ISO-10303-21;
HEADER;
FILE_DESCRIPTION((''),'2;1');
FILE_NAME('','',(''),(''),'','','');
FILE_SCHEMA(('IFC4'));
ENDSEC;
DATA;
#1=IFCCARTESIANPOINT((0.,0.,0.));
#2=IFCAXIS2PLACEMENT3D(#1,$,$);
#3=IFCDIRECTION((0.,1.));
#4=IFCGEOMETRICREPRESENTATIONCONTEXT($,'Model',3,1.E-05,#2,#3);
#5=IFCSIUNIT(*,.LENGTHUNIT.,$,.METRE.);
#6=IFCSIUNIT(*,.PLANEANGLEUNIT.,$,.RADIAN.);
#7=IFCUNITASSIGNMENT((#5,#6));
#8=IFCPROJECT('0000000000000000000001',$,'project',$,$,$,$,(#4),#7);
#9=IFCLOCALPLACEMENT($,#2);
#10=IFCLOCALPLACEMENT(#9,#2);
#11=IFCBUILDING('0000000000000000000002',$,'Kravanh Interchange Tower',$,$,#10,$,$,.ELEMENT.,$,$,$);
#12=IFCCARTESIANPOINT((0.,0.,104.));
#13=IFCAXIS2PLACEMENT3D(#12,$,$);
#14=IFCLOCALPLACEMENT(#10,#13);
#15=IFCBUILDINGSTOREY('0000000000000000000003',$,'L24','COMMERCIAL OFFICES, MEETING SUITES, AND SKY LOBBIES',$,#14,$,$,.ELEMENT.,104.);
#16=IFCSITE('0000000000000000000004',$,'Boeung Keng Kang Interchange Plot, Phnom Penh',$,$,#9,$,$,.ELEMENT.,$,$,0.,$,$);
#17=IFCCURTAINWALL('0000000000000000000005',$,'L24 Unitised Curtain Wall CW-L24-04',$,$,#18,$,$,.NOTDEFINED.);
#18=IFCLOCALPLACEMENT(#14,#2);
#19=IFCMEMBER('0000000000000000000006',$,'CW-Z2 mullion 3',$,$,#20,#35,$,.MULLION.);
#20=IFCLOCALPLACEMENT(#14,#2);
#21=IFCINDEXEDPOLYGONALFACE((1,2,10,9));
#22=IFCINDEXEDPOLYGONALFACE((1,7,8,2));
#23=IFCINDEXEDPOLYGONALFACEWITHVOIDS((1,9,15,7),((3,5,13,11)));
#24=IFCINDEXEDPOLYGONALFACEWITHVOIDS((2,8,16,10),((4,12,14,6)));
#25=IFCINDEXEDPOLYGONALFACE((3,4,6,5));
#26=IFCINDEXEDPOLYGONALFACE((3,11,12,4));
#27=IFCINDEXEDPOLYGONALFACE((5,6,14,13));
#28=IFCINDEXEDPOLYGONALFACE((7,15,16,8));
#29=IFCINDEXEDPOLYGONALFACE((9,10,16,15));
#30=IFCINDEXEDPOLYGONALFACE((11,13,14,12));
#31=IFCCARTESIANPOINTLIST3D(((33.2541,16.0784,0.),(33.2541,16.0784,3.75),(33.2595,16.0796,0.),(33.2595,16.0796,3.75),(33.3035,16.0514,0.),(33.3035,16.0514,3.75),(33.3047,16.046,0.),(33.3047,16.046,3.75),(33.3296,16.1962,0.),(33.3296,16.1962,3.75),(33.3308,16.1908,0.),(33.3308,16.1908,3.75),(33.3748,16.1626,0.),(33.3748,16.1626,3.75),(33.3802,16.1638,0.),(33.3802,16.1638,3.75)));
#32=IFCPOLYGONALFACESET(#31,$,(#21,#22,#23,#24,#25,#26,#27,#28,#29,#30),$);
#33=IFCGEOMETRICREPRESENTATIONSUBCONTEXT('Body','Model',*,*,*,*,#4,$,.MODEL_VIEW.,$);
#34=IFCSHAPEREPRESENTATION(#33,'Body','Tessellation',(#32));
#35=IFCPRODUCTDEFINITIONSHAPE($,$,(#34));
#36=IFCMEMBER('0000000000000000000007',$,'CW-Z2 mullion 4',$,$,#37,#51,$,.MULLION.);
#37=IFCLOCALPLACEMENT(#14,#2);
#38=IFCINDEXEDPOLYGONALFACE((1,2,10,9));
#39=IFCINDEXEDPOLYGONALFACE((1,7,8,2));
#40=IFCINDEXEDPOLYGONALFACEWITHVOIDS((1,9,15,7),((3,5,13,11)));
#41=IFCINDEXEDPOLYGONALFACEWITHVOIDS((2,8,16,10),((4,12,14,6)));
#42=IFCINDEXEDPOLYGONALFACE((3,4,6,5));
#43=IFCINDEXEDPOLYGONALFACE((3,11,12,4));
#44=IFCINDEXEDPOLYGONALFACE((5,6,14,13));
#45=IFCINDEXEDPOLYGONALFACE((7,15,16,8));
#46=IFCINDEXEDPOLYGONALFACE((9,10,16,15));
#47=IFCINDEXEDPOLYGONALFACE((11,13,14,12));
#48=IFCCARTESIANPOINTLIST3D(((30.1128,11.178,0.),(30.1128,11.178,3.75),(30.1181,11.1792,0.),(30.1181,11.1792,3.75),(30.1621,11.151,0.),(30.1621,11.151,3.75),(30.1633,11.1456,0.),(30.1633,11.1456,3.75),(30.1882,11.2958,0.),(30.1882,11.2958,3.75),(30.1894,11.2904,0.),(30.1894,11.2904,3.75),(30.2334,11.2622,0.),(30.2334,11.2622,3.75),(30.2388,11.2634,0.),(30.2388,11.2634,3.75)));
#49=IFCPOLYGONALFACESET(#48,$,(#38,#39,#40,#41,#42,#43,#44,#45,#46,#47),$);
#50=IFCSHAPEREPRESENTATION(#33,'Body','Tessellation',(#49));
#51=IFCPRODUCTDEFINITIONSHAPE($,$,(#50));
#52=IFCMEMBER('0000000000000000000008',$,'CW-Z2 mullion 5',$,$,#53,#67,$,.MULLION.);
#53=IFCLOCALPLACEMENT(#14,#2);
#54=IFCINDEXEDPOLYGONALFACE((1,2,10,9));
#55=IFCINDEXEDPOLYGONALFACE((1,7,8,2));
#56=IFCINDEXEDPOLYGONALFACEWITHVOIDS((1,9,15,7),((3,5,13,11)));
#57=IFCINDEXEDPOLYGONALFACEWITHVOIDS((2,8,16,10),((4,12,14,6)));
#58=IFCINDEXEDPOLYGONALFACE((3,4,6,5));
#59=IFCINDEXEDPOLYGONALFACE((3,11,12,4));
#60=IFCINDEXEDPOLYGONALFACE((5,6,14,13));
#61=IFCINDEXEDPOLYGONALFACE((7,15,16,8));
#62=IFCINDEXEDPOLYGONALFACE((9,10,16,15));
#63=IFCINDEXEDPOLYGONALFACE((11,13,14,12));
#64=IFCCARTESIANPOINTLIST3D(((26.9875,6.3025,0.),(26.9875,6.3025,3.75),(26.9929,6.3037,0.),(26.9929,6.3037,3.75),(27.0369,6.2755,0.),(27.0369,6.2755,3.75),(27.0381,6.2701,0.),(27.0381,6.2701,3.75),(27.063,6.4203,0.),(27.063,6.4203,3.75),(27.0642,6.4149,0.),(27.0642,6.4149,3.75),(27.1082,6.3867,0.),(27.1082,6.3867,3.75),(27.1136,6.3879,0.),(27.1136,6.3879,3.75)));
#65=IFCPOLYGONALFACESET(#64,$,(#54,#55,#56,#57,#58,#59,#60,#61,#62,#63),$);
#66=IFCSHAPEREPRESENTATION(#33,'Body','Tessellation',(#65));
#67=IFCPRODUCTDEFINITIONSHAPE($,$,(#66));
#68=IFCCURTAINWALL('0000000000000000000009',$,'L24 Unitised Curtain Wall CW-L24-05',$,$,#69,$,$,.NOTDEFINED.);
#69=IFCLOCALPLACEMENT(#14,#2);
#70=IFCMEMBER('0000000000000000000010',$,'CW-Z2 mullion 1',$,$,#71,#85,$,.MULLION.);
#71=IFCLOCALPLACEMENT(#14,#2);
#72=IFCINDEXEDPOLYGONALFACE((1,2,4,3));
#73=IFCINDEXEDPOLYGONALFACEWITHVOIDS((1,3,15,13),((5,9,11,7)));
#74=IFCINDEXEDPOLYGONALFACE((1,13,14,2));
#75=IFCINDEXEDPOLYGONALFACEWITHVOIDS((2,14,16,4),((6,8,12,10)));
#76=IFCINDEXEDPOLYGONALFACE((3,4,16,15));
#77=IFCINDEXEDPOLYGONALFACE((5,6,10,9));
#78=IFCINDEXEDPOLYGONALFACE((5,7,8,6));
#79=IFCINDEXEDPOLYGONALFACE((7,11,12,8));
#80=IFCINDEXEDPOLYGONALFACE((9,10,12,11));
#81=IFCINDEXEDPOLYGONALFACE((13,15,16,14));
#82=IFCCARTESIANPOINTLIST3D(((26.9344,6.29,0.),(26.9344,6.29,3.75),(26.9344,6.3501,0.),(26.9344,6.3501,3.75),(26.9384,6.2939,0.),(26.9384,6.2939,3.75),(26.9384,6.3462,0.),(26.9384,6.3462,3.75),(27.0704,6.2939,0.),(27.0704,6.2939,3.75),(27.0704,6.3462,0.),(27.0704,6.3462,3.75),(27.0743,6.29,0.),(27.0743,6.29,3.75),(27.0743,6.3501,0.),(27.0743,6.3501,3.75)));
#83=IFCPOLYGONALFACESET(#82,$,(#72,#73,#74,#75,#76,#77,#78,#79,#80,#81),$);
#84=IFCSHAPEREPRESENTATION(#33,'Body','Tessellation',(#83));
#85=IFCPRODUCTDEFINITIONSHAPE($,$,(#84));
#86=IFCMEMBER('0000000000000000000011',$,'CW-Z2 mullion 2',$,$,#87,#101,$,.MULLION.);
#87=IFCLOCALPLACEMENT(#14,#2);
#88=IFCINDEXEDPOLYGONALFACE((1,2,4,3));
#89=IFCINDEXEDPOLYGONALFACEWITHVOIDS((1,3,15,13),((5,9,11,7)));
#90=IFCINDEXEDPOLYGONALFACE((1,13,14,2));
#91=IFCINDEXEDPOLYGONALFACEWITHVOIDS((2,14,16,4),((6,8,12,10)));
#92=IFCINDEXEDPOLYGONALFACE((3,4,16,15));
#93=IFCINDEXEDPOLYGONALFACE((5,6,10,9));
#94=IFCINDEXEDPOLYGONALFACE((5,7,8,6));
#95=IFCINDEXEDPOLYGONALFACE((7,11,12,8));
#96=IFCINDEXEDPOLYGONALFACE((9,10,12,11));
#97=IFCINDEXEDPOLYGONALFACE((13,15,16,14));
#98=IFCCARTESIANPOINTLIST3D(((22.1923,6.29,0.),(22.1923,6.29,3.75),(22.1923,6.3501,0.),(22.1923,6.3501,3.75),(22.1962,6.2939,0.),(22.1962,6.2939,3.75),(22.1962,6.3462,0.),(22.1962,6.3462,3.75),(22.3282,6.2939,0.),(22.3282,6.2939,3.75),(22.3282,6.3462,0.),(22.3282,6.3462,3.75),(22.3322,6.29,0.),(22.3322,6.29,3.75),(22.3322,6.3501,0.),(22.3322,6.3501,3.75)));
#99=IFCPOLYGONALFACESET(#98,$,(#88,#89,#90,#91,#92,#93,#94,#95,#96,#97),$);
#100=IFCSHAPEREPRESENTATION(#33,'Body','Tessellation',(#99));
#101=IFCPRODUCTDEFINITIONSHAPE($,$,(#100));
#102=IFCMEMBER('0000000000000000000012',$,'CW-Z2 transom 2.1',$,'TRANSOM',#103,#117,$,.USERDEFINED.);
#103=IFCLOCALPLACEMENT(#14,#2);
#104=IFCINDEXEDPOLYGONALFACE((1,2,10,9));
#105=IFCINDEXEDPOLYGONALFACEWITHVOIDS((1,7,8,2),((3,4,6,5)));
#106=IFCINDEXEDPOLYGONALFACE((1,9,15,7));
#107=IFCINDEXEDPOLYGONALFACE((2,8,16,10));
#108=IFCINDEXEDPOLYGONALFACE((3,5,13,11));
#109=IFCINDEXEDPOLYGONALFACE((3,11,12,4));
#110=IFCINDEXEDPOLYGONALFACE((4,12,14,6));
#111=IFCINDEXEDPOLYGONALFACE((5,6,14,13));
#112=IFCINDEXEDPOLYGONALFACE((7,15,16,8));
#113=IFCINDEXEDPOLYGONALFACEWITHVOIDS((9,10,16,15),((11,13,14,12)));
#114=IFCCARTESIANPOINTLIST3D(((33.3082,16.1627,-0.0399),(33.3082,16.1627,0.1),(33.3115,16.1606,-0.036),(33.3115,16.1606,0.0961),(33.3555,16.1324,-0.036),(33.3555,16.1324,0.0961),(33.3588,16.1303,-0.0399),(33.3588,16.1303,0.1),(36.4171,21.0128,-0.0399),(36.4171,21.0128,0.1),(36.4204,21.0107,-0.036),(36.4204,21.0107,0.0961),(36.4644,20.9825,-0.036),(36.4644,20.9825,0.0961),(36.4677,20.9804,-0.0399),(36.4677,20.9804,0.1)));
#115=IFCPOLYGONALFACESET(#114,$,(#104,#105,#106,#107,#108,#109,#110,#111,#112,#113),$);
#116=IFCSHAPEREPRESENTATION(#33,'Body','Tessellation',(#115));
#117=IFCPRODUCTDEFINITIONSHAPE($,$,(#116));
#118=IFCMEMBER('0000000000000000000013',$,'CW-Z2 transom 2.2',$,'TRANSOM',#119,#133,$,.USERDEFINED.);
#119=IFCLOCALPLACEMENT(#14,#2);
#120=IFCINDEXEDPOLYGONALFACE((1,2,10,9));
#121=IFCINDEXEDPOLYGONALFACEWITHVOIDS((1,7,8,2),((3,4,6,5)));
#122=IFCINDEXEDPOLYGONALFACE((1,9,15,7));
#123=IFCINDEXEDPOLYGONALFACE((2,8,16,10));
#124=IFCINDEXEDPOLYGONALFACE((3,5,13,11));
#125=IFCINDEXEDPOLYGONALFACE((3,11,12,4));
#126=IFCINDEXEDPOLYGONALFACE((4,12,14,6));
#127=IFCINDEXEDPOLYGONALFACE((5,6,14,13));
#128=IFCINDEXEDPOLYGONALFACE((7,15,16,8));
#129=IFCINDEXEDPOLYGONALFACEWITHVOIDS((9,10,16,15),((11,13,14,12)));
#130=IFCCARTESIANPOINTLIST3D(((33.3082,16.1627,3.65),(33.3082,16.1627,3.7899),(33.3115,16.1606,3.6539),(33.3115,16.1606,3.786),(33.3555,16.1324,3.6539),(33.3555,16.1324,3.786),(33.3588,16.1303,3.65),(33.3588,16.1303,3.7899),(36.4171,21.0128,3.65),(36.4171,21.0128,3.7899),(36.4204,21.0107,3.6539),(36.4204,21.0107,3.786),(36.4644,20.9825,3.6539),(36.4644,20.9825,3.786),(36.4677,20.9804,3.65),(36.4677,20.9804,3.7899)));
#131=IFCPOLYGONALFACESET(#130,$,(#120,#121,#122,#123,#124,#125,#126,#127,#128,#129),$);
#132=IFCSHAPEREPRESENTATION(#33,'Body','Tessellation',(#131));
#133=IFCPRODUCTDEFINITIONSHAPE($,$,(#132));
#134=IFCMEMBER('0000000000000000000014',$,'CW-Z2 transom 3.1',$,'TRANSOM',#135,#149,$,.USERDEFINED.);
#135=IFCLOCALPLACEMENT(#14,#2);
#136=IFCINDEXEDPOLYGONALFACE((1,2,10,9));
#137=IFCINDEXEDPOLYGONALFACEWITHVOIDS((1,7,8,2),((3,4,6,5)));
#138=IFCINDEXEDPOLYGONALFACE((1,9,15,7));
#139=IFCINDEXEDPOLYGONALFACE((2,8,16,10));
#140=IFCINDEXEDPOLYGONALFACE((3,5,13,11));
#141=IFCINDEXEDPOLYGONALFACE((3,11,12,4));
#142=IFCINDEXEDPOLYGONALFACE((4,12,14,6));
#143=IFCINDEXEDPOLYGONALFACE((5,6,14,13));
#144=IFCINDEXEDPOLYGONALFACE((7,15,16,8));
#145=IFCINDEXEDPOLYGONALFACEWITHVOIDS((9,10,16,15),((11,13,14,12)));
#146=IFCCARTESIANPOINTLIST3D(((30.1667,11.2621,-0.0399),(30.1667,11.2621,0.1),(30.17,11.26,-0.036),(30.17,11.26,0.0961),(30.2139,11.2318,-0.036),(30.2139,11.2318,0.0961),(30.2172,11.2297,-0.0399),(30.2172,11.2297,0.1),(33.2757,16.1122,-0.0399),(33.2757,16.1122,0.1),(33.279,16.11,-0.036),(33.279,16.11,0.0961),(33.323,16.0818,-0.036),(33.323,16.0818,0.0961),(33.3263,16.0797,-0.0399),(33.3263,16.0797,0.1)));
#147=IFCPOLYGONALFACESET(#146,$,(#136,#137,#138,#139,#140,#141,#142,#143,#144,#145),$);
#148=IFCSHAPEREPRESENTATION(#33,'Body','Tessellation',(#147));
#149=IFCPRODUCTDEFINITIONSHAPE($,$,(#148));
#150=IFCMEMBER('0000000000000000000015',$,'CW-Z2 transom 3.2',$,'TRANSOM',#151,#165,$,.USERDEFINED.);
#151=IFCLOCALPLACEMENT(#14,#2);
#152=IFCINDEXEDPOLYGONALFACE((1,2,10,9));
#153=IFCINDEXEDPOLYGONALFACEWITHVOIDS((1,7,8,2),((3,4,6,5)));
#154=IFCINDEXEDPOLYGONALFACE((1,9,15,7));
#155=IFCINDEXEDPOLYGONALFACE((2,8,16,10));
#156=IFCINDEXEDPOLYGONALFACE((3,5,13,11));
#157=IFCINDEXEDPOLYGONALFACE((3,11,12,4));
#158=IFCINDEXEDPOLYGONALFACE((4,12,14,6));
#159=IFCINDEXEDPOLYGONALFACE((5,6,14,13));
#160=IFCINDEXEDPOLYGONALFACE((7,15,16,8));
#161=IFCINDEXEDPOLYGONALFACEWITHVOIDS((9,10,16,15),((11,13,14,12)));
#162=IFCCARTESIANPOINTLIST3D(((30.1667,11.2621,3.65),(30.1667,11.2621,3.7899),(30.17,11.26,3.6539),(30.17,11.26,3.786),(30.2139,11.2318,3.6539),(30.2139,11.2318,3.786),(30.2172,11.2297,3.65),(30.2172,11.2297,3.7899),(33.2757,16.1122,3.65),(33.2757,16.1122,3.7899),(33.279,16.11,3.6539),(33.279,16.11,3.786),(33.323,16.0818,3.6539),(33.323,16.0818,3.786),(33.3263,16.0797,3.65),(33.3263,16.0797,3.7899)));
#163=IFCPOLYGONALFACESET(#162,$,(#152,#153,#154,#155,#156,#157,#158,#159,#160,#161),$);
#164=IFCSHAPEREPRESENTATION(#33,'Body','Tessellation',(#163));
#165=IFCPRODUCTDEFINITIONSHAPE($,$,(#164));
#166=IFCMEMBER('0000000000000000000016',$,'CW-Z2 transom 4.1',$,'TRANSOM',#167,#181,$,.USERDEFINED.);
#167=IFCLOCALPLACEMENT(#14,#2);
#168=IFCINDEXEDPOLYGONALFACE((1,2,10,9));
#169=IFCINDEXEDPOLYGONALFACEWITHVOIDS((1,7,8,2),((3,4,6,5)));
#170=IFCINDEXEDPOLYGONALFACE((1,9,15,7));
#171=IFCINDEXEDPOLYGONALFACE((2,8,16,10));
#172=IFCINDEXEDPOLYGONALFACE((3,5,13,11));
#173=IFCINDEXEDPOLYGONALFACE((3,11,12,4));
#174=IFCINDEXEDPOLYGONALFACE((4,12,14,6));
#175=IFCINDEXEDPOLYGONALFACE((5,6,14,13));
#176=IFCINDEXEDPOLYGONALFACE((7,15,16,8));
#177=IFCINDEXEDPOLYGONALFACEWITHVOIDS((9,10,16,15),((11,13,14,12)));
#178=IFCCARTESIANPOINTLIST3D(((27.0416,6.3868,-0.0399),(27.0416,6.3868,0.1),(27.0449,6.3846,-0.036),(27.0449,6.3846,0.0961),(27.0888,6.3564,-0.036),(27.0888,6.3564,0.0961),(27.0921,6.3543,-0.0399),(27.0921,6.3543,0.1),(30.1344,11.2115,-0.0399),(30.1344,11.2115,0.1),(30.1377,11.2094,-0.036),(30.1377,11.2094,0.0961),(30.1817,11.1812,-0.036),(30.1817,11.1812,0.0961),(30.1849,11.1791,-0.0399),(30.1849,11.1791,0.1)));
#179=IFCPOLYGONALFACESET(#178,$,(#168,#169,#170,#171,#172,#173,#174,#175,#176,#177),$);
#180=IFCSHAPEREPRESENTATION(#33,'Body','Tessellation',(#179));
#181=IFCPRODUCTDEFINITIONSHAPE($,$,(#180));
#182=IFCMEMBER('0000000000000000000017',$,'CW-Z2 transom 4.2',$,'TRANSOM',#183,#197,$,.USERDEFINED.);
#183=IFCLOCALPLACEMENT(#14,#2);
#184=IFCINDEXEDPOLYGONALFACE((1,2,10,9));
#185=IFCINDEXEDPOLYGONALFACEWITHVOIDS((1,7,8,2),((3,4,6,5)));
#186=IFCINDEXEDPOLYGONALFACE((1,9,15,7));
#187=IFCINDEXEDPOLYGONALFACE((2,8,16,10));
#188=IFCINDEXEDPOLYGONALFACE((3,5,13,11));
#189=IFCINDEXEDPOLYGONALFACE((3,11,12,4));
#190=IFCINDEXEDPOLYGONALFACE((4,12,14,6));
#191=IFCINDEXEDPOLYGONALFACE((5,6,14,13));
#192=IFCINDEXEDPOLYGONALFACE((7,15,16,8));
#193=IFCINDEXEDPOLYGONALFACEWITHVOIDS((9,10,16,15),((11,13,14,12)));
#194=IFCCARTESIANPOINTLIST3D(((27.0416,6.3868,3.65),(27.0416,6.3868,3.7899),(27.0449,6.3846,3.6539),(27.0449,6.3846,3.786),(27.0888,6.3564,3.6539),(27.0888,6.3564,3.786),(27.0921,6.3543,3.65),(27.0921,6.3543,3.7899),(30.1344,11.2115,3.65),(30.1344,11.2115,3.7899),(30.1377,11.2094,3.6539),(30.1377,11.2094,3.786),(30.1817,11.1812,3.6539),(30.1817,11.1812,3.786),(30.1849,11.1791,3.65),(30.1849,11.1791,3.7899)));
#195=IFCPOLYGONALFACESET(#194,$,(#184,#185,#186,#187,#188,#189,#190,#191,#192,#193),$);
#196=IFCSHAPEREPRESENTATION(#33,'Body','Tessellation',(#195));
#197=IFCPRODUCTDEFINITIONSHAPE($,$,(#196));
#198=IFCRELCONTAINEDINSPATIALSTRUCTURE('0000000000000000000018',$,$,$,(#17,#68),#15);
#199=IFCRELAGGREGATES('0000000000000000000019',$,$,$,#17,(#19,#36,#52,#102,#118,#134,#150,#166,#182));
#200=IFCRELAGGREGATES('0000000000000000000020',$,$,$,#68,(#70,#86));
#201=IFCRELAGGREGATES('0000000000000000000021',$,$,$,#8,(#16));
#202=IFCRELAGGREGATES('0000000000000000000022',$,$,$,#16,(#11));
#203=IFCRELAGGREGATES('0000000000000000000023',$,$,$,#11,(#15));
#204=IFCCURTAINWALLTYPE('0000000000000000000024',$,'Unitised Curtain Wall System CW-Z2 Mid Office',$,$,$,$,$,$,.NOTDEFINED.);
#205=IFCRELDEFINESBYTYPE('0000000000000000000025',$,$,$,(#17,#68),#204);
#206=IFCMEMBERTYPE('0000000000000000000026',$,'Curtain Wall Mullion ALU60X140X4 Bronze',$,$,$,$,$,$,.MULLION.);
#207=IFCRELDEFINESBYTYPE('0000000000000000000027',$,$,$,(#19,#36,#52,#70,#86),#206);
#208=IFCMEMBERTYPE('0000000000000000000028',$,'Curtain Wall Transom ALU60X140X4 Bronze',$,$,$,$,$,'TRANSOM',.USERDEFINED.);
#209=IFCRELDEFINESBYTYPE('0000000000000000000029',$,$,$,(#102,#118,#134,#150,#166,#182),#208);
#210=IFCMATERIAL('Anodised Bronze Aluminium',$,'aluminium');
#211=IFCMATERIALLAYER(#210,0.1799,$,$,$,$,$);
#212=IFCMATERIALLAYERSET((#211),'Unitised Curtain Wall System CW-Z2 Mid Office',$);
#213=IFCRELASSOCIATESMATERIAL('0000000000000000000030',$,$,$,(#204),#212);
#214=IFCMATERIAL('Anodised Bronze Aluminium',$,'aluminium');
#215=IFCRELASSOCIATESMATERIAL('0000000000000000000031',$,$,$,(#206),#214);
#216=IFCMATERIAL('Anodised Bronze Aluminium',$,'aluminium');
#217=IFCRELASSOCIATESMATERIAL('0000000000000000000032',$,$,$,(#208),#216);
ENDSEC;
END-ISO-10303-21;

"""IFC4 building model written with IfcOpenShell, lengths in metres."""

from ifc_helpers import new_model, si_unit, direction, frame, origin, origin_2d, place, context, subcontext, project, spatial, hollow_rectangle, extrude, material, layer, layer_set, material_profile, profile_set, type_object, element, aggregate, save


model = new_model("IFC4")

# Units and contexts
model_context = context("Model", 3, precision=1e-05, world=origin(), true_north=direction((0.0, 1.0)))
body_context = subcontext(model_context, "Body", "Model", "MODEL_VIEW")
ifc_project = project(units=[si_unit("LENGTHUNIT", "METRE"), si_unit("PLANEANGLEUNIT", "RADIAN")], contexts=[model_context])

# Site, building, storey
site_placement = place(None, origin())
site = spatial("IfcSite", under=ifc_project, at=site_placement, Name="Boeung Keng Kang Interchange Plot, Phnom Penh", CompositionType="ELEMENT", RefElevation=0.0)
building_placement = place(site_placement, origin())
building = spatial("IfcBuilding", under=site, at=building_placement, Name="Kravanh Interchange Tower", CompositionType="ELEMENT")
storey_placement = place(building_placement, frame((0.0, 0.0, 104.0)))
storey = spatial("IfcBuildingStorey", under=building, at=storey_placement, Name="L24", Description="COMMERCIAL OFFICES, MEETING SUITES, AND SKY LOBBIES", CompositionType="ELEMENT", Elevation=104.0)

# Curtain walls, members
ifc_material_1 = material(Name="Anodised Bronze Aluminium", Category="aluminium")
ifc_layer_1 = layer(ifc_material_1, 0.1799)
ifc_layer_set_1 = layer_set([ifc_layer_1], Name="Unitised Curtain Wall System CW-Z2 Mid Office")
curtain_wall_type = type_object("IfcCurtainWallType", Name="Unitised Curtain Wall System CW-Z2 Mid Office", PredefinedType="NOTDEFINED", material=ifc_layer_set_1)
curtain_wall_1_placement = place(storey_placement, origin())
curtain_wall_1 = element("IfcCurtainWall", 1, at=curtain_wall_1_placement, inside=storey, type_object=curtain_wall_type, Name="L24 Unitised Curtain Wall CW-L24-04", PredefinedType="NOTDEFINED")
ifc_material_2 = material(Name="Anodised Bronze Aluminium", Category="aluminium")
ifc_material_profile_1 = material_profile(ifc_material_2, hollow_rectangle(XDim=0.0601, YDim=0.1399, WallThickness=0.0039, at=origin_2d()), Name="ALU60X140X4")
ifc_profile_set_1 = profile_set([ifc_material_profile_1], Name="Anodised Bronze Aluminium")
member_type_1 = type_object("IfcMemberType", Name="Curtain Wall Mullion ALU60X140X4 Bronze", PredefinedType="MULLION", material=ifc_profile_set_1)
member_1_placement = place(storey_placement, frame((33.3171, 16.1211, 0.0), z_axis=(0.0, 0.0, 1.0), x_axis=(0.84188, -0.539665, 0.0)))
member_1 = element("IfcMember", 2, at=member_1_placement, type_object=member_type_1, Name="CW-Z2 mullion 3", PredefinedType="MULLION", context=body_context, shape_type="SweptSolid", body=[
    extrude(hollow_rectangle(XDim=0.0601, YDim=0.1399, WallThickness=0.0039, at=origin_2d()), origin(), (0.0, 0.0, 1.0), 3.75),
])
member_2_placement = place(storey_placement, frame((30.1758, 11.2207, 0.0), z_axis=(0.0, 0.0, 1.0), x_axis=(0.84188, -0.539665, 0.0)))
member_2 = element("IfcMember", 3, at=member_2_placement, type_object=member_type_1, Name="CW-Z2 mullion 4", PredefinedType="MULLION", context=body_context, shape_type="SweptSolid", body=[
    extrude(hollow_rectangle(XDim=0.0601, YDim=0.1399, WallThickness=0.0039, at=origin_2d()), origin(), (0.0, 0.0, 1.0), 3.75),
])
member_3_placement = place(storey_placement, frame((27.0505, 6.3452, 0.0), z_axis=(0.0, 0.0, 1.0), x_axis=(0.84188, -0.539665, 0.0)))
member_3 = element("IfcMember", 4, at=member_3_placement, type_object=member_type_1, Name="CW-Z2 mullion 5", PredefinedType="MULLION", context=body_context, shape_type="SweptSolid", body=[
    extrude(hollow_rectangle(XDim=0.0601, YDim=0.1399, WallThickness=0.0039, at=origin_2d()), origin(), (0.0, 0.0, 1.0), 3.75),
])
curtain_wall_2_placement = place(storey_placement, origin())
curtain_wall_2 = element("IfcCurtainWall", 5, at=curtain_wall_2_placement, inside=storey, type_object=curtain_wall_type, Name="L24 Unitised Curtain Wall CW-L24-05", PredefinedType="NOTDEFINED")
member_4_placement = place(storey_placement, frame((27.0044, 6.3201, 0.0), z_axis=(0.0, 0.0, 1.0), x_axis=(0.0, -1.0, 0.0)))
member_4 = element("IfcMember", 6, at=member_4_placement, type_object=member_type_1, Name="CW-Z2 mullion 1", PredefinedType="MULLION", context=body_context, shape_type="SweptSolid", body=[
    extrude(hollow_rectangle(XDim=0.0601, YDim=0.1399, WallThickness=0.0039, at=origin_2d()), origin(), (0.0, 0.0, 1.0), 3.75),
])
member_5_placement = place(storey_placement, frame((22.2622, 6.3201, 0.0), z_axis=(0.0, 0.0, 1.0), x_axis=(0.0, -1.0, 0.0)))
member_5 = element("IfcMember", 7, at=member_5_placement, type_object=member_type_1, Name="CW-Z2 mullion 2", PredefinedType="MULLION", context=body_context, shape_type="SweptSolid", body=[
    extrude(hollow_rectangle(XDim=0.0601, YDim=0.1399, WallThickness=0.0039, at=origin_2d()), origin(), (0.0, 0.0, 1.0), 3.75),
])

# Members
ifc_material_3 = material(Name="Anodised Bronze Aluminium", Category="aluminium")
ifc_material_profile_2 = material_profile(ifc_material_3, hollow_rectangle(XDim=0.0601, YDim=0.1399, WallThickness=0.0039, at=origin_2d()), Name="ALU60X140X4")
ifc_profile_set_2 = profile_set([ifc_material_profile_2], Name="Anodised Bronze Aluminium")
member_type_2 = type_object("IfcMemberType", Name="Curtain Wall Transom ALU60X140X4 Bronze", ElementType="TRANSOM", PredefinedType="USERDEFINED", material=ifc_profile_set_2)
member_6_placement = place(storey_placement, frame((36.4424, 20.9966, 0.03), z_axis=(-0.539648, -0.841891, 0.0), x_axis=(0.841891, -0.539648, 0.0)))
member_6 = element("IfcMember", 8, at=member_6_placement, type_object=member_type_2, Name="CW-Z2 transom 2.1", ObjectType="TRANSOM", PredefinedType="USERDEFINED", context=body_context, shape_type="SweptSolid", body=[
    extrude(hollow_rectangle(XDim=0.0601, YDim=0.1399, WallThickness=0.0039, at=origin_2d()), origin(), (0.0, 0.0, 1.0), 5.761),
])
member_7_placement = place(storey_placement, frame((36.4424, 20.9966, 3.72), z_axis=(-0.539648, -0.841891, 0.0), x_axis=(0.841891, -0.539648, 0.0)))
member_7 = element("IfcMember", 9, at=member_7_placement, type_object=member_type_2, Name="CW-Z2 transom 2.2", ObjectType="TRANSOM", PredefinedType="USERDEFINED", context=body_context, shape_type="SweptSolid", body=[
    extrude(hollow_rectangle(XDim=0.0601, YDim=0.1399, WallThickness=0.0039, at=origin_2d()), origin(), (0.0, 0.0, 1.0), 5.761),
])
member_8_placement = place(storey_placement, frame((33.301, 16.0959, 0.03), z_axis=(-0.539678, -0.841872, 0.0), x_axis=(0.841872, -0.539678, 0.0)))
member_8 = element("IfcMember", 10, at=member_8_placement, type_object=member_type_2, Name="CW-Z2 transom 3.1", ObjectType="TRANSOM", PredefinedType="USERDEFINED", context=body_context, shape_type="SweptSolid", body=[
    extrude(hollow_rectangle(XDim=0.0601, YDim=0.1399, WallThickness=0.0039, at=origin_2d()), origin(), (0.0, 0.0, 1.0), 5.761),
])
member_9_placement = place(storey_placement, frame((33.301, 16.0959, 3.72), z_axis=(-0.539678, -0.841872, 0.0), x_axis=(0.841872, -0.539678, 0.0)))
member_9 = element("IfcMember", 11, at=member_9_placement, type_object=member_type_2, Name="CW-Z2 transom 3.2", ObjectType="TRANSOM", PredefinedType="USERDEFINED", context=body_context, shape_type="SweptSolid", body=[
    extrude(hollow_rectangle(XDim=0.0601, YDim=0.1399, WallThickness=0.0039, at=origin_2d()), origin(), (0.0, 0.0, 1.0), 5.761),
])
member_10_placement = place(storey_placement, frame((30.1597, 11.1953, 0.03), z_axis=(-0.539668, -0.841878, 0.0), x_axis=(0.841878, -0.539668, 0.0)))
member_10 = element("IfcMember", 12, at=member_10_placement, type_object=member_type_2, Name="CW-Z2 transom 4.1", ObjectType="TRANSOM", PredefinedType="USERDEFINED", context=body_context, shape_type="SweptSolid", body=[
    extrude(hollow_rectangle(XDim=0.0601, YDim=0.1399, WallThickness=0.0039, at=origin_2d()), origin(), (0.0, 0.0, 1.0), 5.731),
])
member_11_placement = place(storey_placement, frame((30.1597, 11.1953, 3.72), z_axis=(-0.539668, -0.841878, 0.0), x_axis=(0.841878, -0.539668, 0.0)))
member_11 = element("IfcMember", 13, at=member_11_placement, type_object=member_type_2, Name="CW-Z2 transom 4.2", ObjectType="TRANSOM", PredefinedType="USERDEFINED", context=body_context, shape_type="SweptSolid", body=[
    extrude(hollow_rectangle(XDim=0.0601, YDim=0.1399, WallThickness=0.0039, at=origin_2d()), origin(), (0.0, 0.0, 1.0), 5.731),
])

aggregate(curtain_wall_1, [member_1, member_2, member_3, member_6, member_7, member_8, member_9, member_10, member_11])
aggregate(curtain_wall_2, [member_4, member_5])

save(model, "model.ifc")
